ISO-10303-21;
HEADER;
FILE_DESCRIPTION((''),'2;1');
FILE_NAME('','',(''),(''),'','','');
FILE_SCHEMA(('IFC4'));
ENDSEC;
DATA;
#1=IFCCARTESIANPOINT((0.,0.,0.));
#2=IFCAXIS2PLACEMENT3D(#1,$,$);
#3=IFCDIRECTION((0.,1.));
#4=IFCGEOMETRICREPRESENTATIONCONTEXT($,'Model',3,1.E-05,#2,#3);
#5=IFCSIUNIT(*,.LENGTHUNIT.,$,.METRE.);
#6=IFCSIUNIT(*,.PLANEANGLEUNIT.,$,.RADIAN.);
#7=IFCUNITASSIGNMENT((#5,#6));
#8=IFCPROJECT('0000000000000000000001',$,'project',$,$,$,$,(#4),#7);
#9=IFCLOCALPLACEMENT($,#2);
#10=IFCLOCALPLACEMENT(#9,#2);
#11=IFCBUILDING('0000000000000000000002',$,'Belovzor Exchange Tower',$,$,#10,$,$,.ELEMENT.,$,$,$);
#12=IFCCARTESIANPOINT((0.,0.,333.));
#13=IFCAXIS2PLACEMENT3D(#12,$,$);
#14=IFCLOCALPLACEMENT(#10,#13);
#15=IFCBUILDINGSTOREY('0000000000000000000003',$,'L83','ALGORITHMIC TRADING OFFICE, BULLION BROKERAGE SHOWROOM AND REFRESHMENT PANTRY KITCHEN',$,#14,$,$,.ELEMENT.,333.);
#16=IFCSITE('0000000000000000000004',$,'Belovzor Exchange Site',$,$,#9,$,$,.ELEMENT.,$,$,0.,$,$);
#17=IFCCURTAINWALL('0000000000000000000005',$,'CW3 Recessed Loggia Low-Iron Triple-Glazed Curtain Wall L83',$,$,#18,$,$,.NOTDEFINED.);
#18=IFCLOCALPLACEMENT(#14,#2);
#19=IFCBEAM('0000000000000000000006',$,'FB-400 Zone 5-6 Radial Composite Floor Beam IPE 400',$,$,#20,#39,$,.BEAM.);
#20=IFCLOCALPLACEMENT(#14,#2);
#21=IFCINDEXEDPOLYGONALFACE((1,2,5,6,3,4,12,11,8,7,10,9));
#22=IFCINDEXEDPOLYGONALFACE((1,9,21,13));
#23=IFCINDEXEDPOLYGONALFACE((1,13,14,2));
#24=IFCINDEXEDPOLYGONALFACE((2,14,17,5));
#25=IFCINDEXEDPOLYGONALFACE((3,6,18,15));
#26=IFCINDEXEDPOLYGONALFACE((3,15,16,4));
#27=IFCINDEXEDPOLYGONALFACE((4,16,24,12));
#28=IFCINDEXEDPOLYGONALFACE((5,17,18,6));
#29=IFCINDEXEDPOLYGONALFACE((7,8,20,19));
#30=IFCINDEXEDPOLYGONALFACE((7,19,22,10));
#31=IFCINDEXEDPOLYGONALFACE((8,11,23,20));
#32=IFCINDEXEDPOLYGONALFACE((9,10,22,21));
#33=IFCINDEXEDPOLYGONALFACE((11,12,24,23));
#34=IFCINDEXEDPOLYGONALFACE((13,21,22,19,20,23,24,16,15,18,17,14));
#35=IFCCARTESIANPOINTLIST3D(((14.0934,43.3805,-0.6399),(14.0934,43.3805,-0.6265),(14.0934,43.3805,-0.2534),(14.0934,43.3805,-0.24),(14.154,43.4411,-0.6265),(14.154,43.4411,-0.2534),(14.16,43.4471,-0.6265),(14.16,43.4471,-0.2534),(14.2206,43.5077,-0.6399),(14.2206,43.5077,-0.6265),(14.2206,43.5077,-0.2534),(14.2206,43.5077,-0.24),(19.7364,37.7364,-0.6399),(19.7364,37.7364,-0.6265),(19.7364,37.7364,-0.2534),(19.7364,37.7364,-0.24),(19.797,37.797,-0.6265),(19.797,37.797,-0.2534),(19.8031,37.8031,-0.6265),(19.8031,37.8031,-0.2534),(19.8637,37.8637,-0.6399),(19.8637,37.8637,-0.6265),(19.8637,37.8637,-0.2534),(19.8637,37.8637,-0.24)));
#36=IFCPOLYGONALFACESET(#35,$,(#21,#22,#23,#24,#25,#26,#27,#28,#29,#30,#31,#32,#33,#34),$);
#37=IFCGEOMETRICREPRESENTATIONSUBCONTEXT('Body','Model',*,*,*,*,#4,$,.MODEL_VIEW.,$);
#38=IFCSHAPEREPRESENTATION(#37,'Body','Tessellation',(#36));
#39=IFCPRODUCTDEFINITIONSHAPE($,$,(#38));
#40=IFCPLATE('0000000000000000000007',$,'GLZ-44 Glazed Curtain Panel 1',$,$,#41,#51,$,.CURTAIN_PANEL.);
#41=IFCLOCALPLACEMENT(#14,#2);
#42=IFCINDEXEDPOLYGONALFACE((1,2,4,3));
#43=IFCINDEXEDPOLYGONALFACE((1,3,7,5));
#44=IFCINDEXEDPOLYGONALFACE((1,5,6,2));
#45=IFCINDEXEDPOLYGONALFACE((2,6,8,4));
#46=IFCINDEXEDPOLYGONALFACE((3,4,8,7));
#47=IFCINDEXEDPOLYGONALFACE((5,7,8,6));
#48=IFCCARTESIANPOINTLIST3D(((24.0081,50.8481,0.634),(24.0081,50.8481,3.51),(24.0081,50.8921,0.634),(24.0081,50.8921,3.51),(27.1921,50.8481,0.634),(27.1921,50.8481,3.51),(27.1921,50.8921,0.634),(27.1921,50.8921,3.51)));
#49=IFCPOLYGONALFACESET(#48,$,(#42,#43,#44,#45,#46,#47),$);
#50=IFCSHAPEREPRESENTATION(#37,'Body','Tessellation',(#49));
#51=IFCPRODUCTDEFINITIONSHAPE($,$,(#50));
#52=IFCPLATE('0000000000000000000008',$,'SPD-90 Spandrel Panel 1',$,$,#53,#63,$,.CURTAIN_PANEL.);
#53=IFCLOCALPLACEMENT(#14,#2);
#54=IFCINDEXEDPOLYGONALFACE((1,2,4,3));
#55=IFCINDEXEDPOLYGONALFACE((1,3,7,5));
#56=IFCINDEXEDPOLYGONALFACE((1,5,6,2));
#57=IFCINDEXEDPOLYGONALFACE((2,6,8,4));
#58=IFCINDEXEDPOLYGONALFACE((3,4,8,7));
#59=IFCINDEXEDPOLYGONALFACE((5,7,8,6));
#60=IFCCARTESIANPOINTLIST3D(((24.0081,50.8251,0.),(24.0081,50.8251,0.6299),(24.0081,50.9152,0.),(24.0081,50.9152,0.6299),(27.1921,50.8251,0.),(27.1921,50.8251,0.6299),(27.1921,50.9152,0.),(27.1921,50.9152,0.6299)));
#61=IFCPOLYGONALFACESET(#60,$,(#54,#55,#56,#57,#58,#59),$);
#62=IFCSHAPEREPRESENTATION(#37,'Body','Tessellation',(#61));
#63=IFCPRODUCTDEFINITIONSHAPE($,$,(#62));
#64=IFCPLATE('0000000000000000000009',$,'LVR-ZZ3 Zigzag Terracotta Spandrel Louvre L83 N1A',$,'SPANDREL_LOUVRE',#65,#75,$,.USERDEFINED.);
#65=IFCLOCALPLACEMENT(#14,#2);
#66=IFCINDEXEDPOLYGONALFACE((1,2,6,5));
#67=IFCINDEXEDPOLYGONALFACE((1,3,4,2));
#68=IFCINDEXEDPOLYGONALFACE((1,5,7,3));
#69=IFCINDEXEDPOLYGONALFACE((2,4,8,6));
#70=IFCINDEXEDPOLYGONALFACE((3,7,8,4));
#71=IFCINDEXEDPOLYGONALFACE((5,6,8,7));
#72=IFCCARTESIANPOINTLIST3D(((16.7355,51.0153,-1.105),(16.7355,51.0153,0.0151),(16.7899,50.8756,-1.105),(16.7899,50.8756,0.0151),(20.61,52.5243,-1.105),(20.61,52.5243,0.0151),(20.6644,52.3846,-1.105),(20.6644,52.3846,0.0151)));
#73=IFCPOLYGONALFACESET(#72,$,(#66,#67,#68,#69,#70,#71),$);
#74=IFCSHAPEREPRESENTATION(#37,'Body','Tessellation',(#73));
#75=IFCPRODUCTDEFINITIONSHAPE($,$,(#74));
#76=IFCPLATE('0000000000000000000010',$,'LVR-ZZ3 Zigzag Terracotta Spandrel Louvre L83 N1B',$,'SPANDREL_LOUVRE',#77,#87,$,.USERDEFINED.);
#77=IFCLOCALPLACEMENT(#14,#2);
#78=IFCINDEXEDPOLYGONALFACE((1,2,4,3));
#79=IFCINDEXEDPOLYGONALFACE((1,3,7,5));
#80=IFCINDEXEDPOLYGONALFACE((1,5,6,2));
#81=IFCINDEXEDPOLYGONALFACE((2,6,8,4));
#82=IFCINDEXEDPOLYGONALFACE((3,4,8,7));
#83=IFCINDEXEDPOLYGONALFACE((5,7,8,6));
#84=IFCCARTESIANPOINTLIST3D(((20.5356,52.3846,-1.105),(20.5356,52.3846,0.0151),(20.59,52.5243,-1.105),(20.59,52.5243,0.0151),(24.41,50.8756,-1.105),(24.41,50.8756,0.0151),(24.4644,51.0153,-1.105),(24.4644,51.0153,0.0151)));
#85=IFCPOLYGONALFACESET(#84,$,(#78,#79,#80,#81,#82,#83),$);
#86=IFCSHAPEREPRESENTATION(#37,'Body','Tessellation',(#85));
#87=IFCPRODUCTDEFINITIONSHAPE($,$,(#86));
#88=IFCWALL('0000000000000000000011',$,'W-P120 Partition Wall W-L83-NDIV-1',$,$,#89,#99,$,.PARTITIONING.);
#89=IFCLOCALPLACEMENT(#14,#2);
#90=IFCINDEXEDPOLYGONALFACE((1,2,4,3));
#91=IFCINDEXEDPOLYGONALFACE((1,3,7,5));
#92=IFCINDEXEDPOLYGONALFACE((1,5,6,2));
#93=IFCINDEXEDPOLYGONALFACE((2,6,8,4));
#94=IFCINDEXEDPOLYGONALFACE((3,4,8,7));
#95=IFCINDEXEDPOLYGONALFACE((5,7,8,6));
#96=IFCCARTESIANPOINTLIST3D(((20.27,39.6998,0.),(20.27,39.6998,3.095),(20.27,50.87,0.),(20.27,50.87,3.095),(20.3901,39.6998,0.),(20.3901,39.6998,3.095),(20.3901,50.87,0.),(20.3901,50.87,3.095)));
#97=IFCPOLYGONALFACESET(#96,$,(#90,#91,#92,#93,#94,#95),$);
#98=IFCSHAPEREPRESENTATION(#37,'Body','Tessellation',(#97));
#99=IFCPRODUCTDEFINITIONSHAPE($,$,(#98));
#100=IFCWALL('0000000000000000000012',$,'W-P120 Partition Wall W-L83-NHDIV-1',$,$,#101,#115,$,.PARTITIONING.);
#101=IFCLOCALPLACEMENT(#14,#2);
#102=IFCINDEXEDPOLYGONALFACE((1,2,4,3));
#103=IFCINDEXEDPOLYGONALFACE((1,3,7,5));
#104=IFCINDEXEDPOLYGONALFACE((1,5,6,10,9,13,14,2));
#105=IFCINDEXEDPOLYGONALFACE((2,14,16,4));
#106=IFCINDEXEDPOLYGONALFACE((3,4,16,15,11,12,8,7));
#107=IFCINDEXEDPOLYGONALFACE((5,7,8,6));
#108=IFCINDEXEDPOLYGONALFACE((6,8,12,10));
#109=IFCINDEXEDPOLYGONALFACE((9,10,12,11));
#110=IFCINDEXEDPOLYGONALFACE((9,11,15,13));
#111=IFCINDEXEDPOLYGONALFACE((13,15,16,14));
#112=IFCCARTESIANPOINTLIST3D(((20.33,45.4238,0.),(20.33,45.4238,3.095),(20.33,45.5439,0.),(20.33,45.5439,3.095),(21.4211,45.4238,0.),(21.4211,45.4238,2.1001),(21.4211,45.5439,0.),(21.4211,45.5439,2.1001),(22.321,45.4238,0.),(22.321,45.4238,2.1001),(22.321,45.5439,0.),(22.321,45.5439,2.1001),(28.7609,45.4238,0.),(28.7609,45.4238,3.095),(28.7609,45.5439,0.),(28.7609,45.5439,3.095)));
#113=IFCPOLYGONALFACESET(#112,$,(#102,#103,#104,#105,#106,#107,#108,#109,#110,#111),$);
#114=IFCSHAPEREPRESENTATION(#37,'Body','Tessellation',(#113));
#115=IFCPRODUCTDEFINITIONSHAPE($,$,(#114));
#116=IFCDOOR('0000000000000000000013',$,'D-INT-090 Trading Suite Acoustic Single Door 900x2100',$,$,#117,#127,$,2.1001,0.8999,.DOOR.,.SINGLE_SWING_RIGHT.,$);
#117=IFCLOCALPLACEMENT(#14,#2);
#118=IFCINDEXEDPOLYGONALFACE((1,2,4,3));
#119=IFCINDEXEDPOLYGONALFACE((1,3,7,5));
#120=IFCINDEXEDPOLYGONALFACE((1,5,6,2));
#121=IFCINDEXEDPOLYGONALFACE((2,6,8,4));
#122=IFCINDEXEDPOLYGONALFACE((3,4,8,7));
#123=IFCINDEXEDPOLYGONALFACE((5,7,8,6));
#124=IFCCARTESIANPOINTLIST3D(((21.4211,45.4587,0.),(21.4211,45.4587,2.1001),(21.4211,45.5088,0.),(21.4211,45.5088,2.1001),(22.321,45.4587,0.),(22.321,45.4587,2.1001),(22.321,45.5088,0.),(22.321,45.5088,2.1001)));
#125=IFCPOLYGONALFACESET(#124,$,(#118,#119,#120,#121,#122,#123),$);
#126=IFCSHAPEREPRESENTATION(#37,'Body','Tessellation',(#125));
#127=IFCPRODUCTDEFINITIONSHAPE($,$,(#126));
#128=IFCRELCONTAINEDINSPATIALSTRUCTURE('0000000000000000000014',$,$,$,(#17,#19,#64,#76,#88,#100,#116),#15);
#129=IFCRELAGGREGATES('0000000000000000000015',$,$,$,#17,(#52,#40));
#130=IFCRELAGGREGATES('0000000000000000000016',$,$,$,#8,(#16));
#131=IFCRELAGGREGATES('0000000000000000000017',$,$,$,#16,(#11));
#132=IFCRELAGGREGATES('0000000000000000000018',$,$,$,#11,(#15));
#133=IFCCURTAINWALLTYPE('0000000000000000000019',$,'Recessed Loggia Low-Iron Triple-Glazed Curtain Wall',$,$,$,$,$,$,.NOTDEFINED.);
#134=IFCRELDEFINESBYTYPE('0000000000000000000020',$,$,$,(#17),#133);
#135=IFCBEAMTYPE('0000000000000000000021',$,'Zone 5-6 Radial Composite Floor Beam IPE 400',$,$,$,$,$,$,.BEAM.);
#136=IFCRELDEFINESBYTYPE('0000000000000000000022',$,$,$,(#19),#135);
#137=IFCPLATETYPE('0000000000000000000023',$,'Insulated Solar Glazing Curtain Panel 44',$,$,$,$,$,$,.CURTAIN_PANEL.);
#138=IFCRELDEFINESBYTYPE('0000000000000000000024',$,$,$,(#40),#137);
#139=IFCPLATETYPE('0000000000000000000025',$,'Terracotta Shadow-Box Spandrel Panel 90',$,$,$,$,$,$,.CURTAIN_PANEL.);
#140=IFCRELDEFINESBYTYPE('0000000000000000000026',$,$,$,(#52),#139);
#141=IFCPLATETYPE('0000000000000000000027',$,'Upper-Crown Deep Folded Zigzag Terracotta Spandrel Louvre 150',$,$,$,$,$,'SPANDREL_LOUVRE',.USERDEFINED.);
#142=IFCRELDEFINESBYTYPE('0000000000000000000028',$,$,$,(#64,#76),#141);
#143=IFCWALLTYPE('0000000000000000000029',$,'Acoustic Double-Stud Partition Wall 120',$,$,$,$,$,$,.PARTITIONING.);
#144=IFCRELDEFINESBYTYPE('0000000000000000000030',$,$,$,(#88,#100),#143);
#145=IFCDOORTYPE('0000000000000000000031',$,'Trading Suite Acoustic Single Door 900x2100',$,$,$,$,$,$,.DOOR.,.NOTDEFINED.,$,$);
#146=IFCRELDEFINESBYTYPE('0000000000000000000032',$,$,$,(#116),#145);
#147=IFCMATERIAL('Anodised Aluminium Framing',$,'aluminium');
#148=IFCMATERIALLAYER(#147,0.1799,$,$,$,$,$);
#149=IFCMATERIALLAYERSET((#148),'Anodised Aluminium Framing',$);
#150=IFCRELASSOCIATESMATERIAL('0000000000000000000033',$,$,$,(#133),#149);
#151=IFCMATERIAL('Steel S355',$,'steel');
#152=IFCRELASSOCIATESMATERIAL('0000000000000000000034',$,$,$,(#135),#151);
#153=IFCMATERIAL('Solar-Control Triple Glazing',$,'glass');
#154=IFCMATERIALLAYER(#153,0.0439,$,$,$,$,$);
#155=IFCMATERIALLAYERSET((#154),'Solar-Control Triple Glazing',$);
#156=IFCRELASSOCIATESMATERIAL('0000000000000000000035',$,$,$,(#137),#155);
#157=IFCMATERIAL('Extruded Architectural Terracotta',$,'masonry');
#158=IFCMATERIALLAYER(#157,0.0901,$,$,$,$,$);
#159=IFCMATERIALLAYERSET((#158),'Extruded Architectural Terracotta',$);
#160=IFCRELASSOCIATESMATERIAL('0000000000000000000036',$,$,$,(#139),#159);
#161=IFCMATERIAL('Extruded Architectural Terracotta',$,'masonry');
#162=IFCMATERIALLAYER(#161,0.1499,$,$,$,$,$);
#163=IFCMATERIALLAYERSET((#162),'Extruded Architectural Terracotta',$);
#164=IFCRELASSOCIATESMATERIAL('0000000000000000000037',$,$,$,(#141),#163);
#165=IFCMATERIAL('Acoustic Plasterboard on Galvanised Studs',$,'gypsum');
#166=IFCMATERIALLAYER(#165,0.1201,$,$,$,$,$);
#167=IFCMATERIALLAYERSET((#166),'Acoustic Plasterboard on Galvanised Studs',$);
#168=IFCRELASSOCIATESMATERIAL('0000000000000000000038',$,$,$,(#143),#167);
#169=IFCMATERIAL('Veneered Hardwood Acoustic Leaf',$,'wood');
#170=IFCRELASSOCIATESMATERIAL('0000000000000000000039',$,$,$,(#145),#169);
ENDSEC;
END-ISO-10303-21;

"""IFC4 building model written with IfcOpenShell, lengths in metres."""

from ifc_helpers import new_model, si_unit, direction, frame, frame_2d, origin, origin_2d, place, context, subcontext, project, spatial, rectangle, i_section, extrude, material, layer, layer_set, material_profile, profile_set, type_object, element, fill, aggregate, save


model = new_model("IFC4")

# Units and contexts
model_context = context("Model", 3, precision=1e-05, world=origin(), true_north=direction((0.0, 1.0)))
body_context = subcontext(model_context, "Body", "Model", "MODEL_VIEW")
ifc_project = project(units=[si_unit("LENGTHUNIT", "METRE"), si_unit("PLANEANGLEUNIT", "RADIAN")], contexts=[model_context])

# Site, building, storey
site_placement = place(None, origin())
site = spatial("IfcSite", under=ifc_project, at=site_placement, Name="Belovzor Exchange Site", CompositionType="ELEMENT", RefElevation=0.0)
building_placement = place(site_placement, origin())
building = spatial("IfcBuilding", under=site, at=building_placement, Name="Belovzor Exchange Tower", CompositionType="ELEMENT")
storey_placement = place(building_placement, frame((0.0, 0.0, 333.0)))
storey = spatial("IfcBuildingStorey", under=building, at=storey_placement, Name="L83", Description="ALGORITHMIC TRADING OFFICE, BULLION BROKERAGE SHOWROOM AND REFRESHMENT PANTRY KITCHEN", CompositionType="ELEMENT", Elevation=333.0)

# Curtain wall
ifc_material_1 = material(Name="Anodised Aluminium Framing", Category="aluminium")
ifc_layer_1 = layer(ifc_material_1, 0.1799)
ifc_layer_set_1 = layer_set([ifc_layer_1], Name="Anodised Aluminium Framing")
curtain_wall_type = type_object("IfcCurtainWallType", Name="Recessed Loggia Low-Iron Triple-Glazed Curtain Wall", PredefinedType="NOTDEFINED", material=ifc_layer_set_1)
curtain_wall_placement = place(storey_placement, origin())
curtain_wall = element("IfcCurtainWall", 1, at=curtain_wall_placement, inside=storey, type_object=curtain_wall_type, Name="CW3 Recessed Loggia Low-Iron Triple-Glazed Curtain Wall L83", PredefinedType="NOTDEFINED")

# Beam
ifc_material_2 = material(Name="Steel S355", Category="steel")
ifc_material_profile_1 = material_profile(ifc_material_2, i_section(OverallWidth=0.1799, OverallDepth=0.3999, WebThickness=0.0085, FlangeThickness=0.0134, at=origin_2d()))
ifc_profile_set_1 = profile_set([ifc_material_profile_1], Name="Steel S355")
beam_type_1 = type_object("IfcBeamType", Name="Zone 5-6 Radial Composite Floor Beam IPE 400", PredefinedType="BEAM", material=ifc_profile_set_1)
beam_1_placement = place(storey_placement, frame((19.8, 37.8, -0.4399), z_axis=(-0.707046, 0.707168, 0.0), x_axis=(-0.707168, -0.707046, 0.0)))
element("IfcBeam", 2, at=beam_1_placement, inside=storey, type_object=beam_type_1, Name="FB-400 Zone 5-6 Radial Composite Floor Beam IPE 400", PredefinedType="BEAM", context=body_context, shape_type="SweptSolid", body=[
    extrude(i_section(OverallWidth=0.1799, OverallDepth=0.3999, WebThickness=0.0085, FlangeThickness=0.0134, at=origin_2d()), origin(), (0.0, 0.0, 1.0), 7.9812),
])

# Plates
ifc_material_3 = material(Name="Solar-Control Triple Glazing", Category="glass")
ifc_layer_2 = layer(ifc_material_3, 0.0439)
ifc_layer_set_2 = layer_set([ifc_layer_2], Name="Solar-Control Triple Glazing")
plate_type_1 = type_object("IfcPlateType", Name="Insulated Solar Glazing Curtain Panel 44", PredefinedType="CURTAIN_PANEL", material=ifc_layer_set_2)
plate_1_placement = place(storey_placement, frame((25.6001, 50.8701, 0.634), z_axis=(0.0, 0.0, 1.0), x_axis=(1.0, 0.0, 0.0)))
plate_1 = element("IfcPlate", 3, at=plate_1_placement, type_object=plate_type_1, Name="GLZ-44 Glazed Curtain Panel 1", PredefinedType="CURTAIN_PANEL", context=body_context, shape_type="SweptSolid", body=[
    extrude(rectangle(XDim=3.1841, YDim=0.0439, at=origin_2d()), origin(), (0.0, 0.0, 1.0), 2.876),
])
ifc_material_4 = material(Name="Extruded Architectural Terracotta", Category="masonry")
ifc_layer_3 = layer(ifc_material_4, 0.0901)
ifc_layer_set_3 = layer_set([ifc_layer_3], Name="Extruded Architectural Terracotta")
plate_type_2 = type_object("IfcPlateType", Name="Terracotta Shadow-Box Spandrel Panel 90", PredefinedType="CURTAIN_PANEL", material=ifc_layer_set_3)
plate_2_placement = place(storey_placement, frame((25.6001, 50.8701, 0.0), z_axis=(0.0, 0.0, 1.0), x_axis=(1.0, 0.0, 0.0)))
plate_2 = element("IfcPlate", 4, at=plate_2_placement, type_object=plate_type_2, Name="SPD-90 Spandrel Panel 1", PredefinedType="CURTAIN_PANEL", context=body_context, shape_type="SweptSolid", body=[
    extrude(rectangle(XDim=3.1841, YDim=0.0901, at=origin_2d()), origin(), (0.0, 0.0, 1.0), 0.6299),
])
aggregate(curtain_wall, [plate_2, plate_1])

# Plates
ifc_material_5 = material(Name="Extruded Architectural Terracotta", Category="masonry")
ifc_layer_4 = layer(ifc_material_5, 0.1499)
ifc_layer_set_4 = layer_set([ifc_layer_4], Name="Extruded Architectural Terracotta")
plate_type_3 = type_object("IfcPlateType", Name="Upper-Crown Deep Folded Zigzag Terracotta Spandrel Louvre 150", ElementType="SPANDREL_LOUVRE", PredefinedType="USERDEFINED", material=ifc_layer_set_4)
for number, where, z_axis, x_axis, name in (
    (5, (18.7, 51.7, -1.105), (0.0, 0.0, 1.0), (0.931818, 0.362926, 0.0), "LVR-ZZ3 Zigzag Terracotta Spandrel Louvre L83 N1A"),
    (6, (22.5, 51.7, -1.105), (0.0, 0.0, 1.0), (0.931818, -0.362926, 0.0), "LVR-ZZ3 Zigzag Terracotta Spandrel Louvre L83 N1B"),
):
    element("IfcPlate", number, at=place(storey_placement, frame(where, z_axis=z_axis, x_axis=x_axis)), inside=storey, type_object=plate_type_3, Name=name, ObjectType="SPANDREL_LOUVRE", PredefinedType="USERDEFINED", context=body_context, shape_type="SweptSolid", body=[
        extrude(rectangle(XDim=4.158, YDim=0.1499, at=origin_2d()), origin(), (0.0, 0.0, 1.0), 1.1201),
    ])

# Wall
ifc_material_6 = material(Name="Acoustic Plasterboard on Galvanised Studs", Category="gypsum")
ifc_layer_5 = layer(ifc_material_6, 0.1201)
ifc_layer_set_5 = layer_set([ifc_layer_5], Name="Acoustic Plasterboard on Galvanised Studs")
wall_type_1 = type_object("IfcWallType", Name="Acoustic Double-Stud Partition Wall 120", PredefinedType="PARTITIONING", material=ifc_layer_set_5)
wall_1_placement = place(storey_placement, frame((20.3301, 39.7, 0.0), z_axis=(0.0, 0.0, 1.0), x_axis=(0.0, 1.0, 0.0)))
element("IfcWall", 7, at=wall_1_placement, inside=storey, type_object=wall_type_1, Name="W-P120 Partition Wall W-L83-NDIV-1", PredefinedType="PARTITIONING", context=body_context, shape_type="SweptSolid", body=[
    extrude(rectangle(XDim=11.1702, YDim=0.1201, at=frame_2d((5.585, 0.0))), origin(), (0.0, 0.0, 1.0), 3.095),
])

# Wall, opening, door
wall_2_placement = place(storey_placement, frame((20.3301, 45.4839, 0.0), z_axis=(0.0, 0.0, 1.0), x_axis=(1.0, 0.0, 0.0)))
wall_2 = element("IfcWall", 8, at=wall_2_placement, inside=storey, type_object=wall_type_1, Name="W-P120 Partition Wall W-L83-NHDIV-1", PredefinedType="PARTITIONING", context=body_context, shape_type="SweptSolid", body=[
    extrude(rectangle(XDim=8.4309, YDim=0.1201, at=frame_2d((4.2153, 0.0))), origin(), (0.0, 0.0, 1.0), 3.095),
])
opening_1_placement = place(wall_2_placement, frame((1.0911, 0.0, 0.0)))
opening_1 = element("IfcOpeningElement", 9, at=opening_1_placement, cuts=wall_2, PredefinedType="OPENING", context=body_context, shape_type="SweptSolid", body=[
    extrude(rectangle(XDim=0.8999, YDim=2.1001, at=frame_2d((0.45, 1.05))), frame((0.0, 0.0701, 0.0), z_axis=(0.0, -1.0, 0.0), x_axis=(1.0, 0.0, 0.0)), (0.0, 0.0, 1.0), 0.1401),
])
ifc_material_7 = material(Name="Veneered Hardwood Acoustic Leaf", Category="wood")
door_type = type_object("IfcDoorType", Name="Trading Suite Acoustic Single Door 900x2100", OperationType="NOTDEFINED", PredefinedType="DOOR", material=ifc_material_7)
door_1_placement = place(opening_1_placement, origin())
door_1 = element("IfcDoor", 10, at=door_1_placement, inside=storey, type_object=door_type, Name="D-INT-090 Trading Suite Acoustic Single Door 900x2100", OperationType="SINGLE_SWING_RIGHT", OverallHeight=2.1001, OverallWidth=0.8999, PredefinedType="DOOR", context=body_context, shape_type="SweptSolid", body=[
    extrude(rectangle(XDim=0.8999, YDim=2.1001, at=frame_2d((0.45, 1.05))), frame((0.0, 0.0249, 0.0), z_axis=(0.0, -1.0, 0.0), x_axis=(1.0, 0.0, 0.0)), (0.0, 0.0, 1.0), 0.05),
])
fill(opening_1, door_1)

save(model, "model.ifc")
